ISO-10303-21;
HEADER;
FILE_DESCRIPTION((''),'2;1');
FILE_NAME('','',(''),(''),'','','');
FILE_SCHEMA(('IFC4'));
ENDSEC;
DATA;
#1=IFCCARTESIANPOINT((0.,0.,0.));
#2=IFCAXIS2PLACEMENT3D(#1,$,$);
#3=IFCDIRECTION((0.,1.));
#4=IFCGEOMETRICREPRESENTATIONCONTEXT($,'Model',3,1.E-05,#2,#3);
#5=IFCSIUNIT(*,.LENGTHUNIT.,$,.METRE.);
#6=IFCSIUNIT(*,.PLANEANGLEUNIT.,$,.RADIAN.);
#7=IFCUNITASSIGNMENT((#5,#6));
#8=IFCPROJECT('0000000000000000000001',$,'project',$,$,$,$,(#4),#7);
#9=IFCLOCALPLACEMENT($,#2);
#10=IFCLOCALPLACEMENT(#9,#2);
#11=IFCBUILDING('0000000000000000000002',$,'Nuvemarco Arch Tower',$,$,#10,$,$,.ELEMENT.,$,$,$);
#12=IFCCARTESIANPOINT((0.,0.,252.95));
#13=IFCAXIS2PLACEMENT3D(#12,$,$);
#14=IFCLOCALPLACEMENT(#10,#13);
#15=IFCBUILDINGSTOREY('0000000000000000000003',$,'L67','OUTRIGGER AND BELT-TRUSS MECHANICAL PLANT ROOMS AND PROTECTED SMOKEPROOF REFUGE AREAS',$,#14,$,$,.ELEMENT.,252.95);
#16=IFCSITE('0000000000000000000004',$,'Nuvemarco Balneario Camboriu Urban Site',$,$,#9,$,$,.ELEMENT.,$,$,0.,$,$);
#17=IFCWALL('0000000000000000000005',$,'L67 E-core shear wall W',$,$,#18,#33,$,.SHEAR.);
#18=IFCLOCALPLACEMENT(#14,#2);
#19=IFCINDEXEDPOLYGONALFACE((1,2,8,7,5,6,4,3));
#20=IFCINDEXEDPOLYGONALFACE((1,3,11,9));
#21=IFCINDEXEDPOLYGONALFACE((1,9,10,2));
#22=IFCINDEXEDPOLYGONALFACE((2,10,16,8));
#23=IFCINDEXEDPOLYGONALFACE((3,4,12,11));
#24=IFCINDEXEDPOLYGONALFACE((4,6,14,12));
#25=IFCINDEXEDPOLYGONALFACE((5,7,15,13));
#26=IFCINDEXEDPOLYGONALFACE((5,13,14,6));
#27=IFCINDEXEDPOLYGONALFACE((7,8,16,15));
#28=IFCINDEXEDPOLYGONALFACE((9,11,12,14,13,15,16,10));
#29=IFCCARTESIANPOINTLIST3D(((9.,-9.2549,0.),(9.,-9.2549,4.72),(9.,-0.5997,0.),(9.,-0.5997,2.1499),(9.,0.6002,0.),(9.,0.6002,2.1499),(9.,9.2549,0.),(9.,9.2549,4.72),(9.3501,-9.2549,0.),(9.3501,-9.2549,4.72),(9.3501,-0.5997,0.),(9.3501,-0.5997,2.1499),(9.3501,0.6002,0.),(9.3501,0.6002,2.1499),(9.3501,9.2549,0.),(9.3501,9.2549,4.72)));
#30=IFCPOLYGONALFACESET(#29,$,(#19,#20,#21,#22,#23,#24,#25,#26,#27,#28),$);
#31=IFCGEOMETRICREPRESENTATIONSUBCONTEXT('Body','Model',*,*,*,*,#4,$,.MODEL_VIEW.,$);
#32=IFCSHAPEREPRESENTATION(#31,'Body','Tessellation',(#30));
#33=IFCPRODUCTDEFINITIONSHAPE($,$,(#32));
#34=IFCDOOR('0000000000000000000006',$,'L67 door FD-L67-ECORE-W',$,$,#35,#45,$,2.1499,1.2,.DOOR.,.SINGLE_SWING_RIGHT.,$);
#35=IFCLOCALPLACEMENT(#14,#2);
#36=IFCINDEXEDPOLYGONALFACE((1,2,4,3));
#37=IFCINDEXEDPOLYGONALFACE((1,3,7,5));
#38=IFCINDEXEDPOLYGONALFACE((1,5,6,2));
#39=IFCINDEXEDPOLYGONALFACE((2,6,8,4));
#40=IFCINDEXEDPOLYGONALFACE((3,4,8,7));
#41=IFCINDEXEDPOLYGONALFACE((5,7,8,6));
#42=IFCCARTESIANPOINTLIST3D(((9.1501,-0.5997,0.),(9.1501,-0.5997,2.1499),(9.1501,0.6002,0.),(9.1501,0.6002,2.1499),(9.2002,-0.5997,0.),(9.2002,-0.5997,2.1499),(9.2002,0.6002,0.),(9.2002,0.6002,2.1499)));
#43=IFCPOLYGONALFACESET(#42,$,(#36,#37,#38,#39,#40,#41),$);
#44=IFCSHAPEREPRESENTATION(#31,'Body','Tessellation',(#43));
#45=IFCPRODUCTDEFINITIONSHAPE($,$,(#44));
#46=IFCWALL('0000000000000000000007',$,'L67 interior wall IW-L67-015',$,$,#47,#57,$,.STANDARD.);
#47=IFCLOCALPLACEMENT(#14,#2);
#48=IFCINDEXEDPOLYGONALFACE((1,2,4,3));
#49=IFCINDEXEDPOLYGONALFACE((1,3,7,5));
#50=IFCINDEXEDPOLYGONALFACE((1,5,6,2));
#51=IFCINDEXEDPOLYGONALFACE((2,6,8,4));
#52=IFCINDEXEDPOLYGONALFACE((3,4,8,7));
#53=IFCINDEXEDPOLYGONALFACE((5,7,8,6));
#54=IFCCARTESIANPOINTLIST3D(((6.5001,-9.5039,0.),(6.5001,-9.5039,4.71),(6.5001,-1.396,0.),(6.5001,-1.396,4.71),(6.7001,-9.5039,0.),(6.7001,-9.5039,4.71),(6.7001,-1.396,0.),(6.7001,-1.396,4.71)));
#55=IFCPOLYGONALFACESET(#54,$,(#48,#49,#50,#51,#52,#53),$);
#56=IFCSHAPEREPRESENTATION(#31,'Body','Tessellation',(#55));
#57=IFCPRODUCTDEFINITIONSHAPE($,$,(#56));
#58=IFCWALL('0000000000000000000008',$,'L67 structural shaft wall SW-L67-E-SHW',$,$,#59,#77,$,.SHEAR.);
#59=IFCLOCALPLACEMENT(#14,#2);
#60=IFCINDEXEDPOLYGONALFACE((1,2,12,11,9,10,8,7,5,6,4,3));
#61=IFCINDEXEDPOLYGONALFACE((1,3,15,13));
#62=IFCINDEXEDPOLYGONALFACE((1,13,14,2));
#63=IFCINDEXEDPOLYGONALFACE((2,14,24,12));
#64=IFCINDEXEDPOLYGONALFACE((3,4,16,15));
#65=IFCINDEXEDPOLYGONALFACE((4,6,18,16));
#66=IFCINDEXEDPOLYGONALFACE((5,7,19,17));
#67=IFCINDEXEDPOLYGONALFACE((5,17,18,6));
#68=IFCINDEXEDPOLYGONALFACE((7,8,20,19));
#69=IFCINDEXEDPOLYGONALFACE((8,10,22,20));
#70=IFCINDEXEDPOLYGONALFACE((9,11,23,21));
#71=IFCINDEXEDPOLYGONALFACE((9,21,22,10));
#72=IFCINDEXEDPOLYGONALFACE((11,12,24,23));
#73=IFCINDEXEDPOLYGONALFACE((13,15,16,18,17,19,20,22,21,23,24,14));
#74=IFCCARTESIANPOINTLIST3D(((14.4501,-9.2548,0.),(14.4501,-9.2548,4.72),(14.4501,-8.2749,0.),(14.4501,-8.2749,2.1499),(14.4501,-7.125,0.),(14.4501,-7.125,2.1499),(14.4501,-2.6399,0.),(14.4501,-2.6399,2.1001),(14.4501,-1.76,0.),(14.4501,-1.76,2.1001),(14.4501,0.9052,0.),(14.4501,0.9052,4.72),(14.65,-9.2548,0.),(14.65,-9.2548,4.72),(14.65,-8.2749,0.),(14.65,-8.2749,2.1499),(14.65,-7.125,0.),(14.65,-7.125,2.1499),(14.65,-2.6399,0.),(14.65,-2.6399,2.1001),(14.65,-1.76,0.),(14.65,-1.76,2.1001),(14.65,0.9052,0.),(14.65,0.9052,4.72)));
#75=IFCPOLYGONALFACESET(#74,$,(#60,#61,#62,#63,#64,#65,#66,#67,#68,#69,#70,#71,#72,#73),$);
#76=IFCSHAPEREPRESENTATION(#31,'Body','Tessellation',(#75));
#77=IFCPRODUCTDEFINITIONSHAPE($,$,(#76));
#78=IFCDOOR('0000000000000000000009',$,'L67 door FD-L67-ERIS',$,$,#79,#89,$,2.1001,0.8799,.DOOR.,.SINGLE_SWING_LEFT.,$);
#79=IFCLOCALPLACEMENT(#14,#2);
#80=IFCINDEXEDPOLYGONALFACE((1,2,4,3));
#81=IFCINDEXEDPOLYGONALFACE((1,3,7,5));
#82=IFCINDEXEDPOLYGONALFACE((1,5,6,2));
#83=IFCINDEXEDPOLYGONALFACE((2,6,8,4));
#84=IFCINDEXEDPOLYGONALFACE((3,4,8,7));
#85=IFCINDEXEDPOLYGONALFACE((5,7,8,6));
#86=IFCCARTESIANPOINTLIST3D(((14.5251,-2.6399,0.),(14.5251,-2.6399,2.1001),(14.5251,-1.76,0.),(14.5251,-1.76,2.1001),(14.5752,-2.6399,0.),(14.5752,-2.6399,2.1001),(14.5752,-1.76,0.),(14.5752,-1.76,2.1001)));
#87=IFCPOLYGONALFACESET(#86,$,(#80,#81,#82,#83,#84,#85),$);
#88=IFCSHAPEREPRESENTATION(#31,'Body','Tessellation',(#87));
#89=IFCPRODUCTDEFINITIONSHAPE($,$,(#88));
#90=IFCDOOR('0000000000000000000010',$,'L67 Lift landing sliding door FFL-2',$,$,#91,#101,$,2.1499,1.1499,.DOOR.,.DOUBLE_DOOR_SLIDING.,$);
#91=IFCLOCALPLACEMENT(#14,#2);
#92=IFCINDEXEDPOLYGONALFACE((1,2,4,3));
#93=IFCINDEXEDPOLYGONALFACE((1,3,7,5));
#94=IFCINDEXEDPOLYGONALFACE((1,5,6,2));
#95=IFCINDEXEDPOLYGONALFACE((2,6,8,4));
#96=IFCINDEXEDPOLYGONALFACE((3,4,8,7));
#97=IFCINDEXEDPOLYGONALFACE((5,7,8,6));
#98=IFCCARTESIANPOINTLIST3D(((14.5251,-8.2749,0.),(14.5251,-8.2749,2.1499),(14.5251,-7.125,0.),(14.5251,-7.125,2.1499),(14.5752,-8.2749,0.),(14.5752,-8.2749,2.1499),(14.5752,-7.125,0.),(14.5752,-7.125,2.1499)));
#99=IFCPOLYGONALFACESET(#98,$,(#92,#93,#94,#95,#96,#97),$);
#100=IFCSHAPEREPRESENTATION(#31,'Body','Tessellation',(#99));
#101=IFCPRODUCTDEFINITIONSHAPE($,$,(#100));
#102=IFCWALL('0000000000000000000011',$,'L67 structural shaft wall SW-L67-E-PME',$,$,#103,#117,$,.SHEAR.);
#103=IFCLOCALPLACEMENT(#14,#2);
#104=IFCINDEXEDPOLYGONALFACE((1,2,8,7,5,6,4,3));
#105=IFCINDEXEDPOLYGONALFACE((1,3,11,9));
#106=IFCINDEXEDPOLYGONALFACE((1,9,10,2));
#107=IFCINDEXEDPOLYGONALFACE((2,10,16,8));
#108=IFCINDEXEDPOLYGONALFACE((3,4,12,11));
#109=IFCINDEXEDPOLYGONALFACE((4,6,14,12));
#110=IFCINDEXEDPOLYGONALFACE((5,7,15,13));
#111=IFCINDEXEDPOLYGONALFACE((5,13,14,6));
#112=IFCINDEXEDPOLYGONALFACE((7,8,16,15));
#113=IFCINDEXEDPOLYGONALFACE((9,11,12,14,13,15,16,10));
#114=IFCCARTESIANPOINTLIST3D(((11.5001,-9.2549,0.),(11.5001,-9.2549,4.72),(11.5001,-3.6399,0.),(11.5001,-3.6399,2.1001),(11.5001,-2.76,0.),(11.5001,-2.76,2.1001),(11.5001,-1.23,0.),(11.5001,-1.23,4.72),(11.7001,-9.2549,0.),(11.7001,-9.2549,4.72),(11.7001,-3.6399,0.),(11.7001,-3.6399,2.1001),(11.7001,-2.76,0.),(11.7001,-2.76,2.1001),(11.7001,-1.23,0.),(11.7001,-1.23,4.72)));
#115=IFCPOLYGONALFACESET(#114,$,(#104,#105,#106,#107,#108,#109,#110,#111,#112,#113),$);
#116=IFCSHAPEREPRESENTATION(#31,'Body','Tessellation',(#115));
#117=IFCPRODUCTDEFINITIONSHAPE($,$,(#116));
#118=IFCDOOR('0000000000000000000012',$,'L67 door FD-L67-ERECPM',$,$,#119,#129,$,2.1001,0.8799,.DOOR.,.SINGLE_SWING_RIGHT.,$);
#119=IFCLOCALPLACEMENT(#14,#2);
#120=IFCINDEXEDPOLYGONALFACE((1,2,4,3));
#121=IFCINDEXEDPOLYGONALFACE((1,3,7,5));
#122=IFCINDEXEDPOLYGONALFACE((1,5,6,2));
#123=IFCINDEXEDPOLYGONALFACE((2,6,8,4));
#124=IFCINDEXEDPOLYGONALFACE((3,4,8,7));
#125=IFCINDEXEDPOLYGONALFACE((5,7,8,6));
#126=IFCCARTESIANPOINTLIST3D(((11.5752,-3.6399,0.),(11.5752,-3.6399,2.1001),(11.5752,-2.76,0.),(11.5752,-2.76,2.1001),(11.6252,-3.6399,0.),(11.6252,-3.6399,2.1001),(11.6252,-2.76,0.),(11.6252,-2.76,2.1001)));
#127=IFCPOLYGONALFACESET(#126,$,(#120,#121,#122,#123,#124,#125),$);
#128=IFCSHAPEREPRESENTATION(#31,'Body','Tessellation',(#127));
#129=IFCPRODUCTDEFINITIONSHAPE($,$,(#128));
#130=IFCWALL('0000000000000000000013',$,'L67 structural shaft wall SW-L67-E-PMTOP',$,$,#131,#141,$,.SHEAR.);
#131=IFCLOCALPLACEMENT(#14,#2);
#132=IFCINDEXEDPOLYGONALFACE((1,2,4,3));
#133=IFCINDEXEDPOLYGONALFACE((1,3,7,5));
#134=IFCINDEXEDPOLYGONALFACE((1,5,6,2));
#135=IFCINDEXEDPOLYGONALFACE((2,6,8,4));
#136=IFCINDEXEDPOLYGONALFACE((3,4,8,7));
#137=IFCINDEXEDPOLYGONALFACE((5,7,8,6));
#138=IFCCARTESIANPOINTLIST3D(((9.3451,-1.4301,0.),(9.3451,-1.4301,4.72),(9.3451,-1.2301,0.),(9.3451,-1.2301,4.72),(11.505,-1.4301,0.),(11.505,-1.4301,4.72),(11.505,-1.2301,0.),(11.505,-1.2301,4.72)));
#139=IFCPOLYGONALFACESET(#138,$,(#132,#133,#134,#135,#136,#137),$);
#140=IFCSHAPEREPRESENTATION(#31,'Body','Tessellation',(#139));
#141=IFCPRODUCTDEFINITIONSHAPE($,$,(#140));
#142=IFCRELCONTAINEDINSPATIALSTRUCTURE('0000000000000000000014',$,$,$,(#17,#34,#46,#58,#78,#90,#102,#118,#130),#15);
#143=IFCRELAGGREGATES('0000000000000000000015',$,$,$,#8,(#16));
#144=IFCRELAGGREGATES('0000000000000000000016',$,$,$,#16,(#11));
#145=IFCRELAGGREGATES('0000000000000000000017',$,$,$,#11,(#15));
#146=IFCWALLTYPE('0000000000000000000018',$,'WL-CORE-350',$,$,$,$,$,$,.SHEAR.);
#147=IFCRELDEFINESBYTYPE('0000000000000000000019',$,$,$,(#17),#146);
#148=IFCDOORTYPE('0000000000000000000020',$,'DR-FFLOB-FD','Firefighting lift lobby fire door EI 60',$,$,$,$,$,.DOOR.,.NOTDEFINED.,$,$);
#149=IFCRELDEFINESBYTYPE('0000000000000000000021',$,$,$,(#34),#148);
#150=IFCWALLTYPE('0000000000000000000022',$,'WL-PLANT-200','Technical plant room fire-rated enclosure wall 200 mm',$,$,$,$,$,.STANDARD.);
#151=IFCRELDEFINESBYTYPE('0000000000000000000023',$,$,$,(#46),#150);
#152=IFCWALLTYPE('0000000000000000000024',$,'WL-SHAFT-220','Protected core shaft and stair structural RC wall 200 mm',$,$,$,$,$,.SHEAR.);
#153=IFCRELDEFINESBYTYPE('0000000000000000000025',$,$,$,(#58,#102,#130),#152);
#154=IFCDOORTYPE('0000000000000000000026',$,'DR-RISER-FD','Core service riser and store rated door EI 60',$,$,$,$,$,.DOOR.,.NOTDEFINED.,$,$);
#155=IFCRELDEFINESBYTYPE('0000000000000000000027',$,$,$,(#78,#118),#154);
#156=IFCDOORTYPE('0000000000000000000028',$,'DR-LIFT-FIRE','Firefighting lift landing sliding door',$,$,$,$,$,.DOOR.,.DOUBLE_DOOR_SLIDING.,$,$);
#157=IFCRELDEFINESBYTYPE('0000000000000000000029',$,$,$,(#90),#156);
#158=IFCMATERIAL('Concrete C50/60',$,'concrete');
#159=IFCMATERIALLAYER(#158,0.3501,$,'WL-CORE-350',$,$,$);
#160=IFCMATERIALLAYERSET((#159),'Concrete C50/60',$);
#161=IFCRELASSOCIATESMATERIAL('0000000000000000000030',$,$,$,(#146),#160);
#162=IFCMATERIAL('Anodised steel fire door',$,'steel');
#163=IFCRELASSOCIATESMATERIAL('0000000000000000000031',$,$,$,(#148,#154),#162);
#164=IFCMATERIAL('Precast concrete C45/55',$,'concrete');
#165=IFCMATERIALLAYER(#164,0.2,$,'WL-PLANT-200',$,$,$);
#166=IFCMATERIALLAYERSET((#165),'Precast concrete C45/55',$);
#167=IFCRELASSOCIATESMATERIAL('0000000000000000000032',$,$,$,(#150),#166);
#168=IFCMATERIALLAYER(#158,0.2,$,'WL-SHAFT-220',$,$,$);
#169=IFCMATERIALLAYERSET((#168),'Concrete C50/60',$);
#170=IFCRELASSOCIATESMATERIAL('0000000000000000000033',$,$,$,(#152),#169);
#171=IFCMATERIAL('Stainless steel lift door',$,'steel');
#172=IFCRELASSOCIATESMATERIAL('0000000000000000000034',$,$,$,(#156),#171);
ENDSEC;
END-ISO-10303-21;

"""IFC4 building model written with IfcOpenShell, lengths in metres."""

from ifc_helpers import new_model, si_unit, direction, frame, frame_2d, origin, place, context, subcontext, project, spatial, rectangle, extrude, source, transform, mapped, material, layer, layer_set, type_object, type_shapes, element, fill, save


model = new_model("IFC4")

# Units and contexts
model_context = context("Model", 3, precision=1e-05, world=origin(), true_north=direction((0.0, 1.0)))
body_context = subcontext(model_context, "Body", "Model", "MODEL_VIEW")
ifc_project = project(units=[si_unit("LENGTHUNIT", "METRE"), si_unit("PLANEANGLEUNIT", "RADIAN")], contexts=[model_context])

# Site, building, storey
site_placement = place(None, origin())
site = spatial("IfcSite", under=ifc_project, at=site_placement, Name="Nuvemarco Balneario Camboriu Urban Site", CompositionType="ELEMENT", RefElevation=0.0)
building_placement = place(site_placement, origin())
building = spatial("IfcBuilding", under=site, at=building_placement, Name="Nuvemarco Arch Tower", CompositionType="ELEMENT")
storey_placement = place(building_placement, frame((0.0, 0.0, 252.95)))
storey = spatial("IfcBuildingStorey", under=building, at=storey_placement, Name="L67", Description="OUTRIGGER AND BELT-TRUSS MECHANICAL PLANT ROOMS AND PROTECTED SMOKEPROOF REFUGE AREAS", CompositionType="ELEMENT", Elevation=252.95)

# Shared definitions
ifc_material_1 = material(Name="Concrete C50/60", Category="concrete")

# Shared definitions
ifc_material_2 = material(Name="Precast concrete C45/55", Category="concrete")

# Shared definitions
ifc_layer_1 = layer(ifc_material_1, 0.3501, Name="WL-CORE-350")
ifc_layer_set_1 = layer_set([ifc_layer_1], Name="Concrete C50/60")
wall_type_1 = type_object("IfcWallType", Name="WL-CORE-350", PredefinedType="SHEAR", material=ifc_layer_set_1)

# Wall, opening, door
wall_1_placement = place(storey_placement, frame((9.175, -9.2549, 0.0), z_axis=(0.0, 0.0, 1.0), x_axis=(0.0, 1.0, 0.0)))
wall_1 = element("IfcWall", 1, at=wall_1_placement, inside=storey, type_object=wall_type_1, Name="L67 E-core shear wall W", PredefinedType="SHEAR", context=body_context, shape_type="SweptSolid", body=[
    extrude(rectangle(XDim=18.5098, YDim=0.3501, at=frame_2d((9.2549, 0.0))), origin(), (0.0, 0.0, 1.0), 4.72),
])
opening_1_placement = place(wall_1_placement, frame((8.655, 0.0, 0.0)))
opening_1 = element("IfcOpeningElement", 2, at=opening_1_placement, cuts=wall_1, PredefinedType="OPENING", context=body_context, shape_type="SweptSolid", body=[
    extrude(rectangle(XDim=1.2, YDim=2.1499, at=frame_2d((0.6001, 1.075))), frame((0.0, 0.1851, 0.0), z_axis=(0.0, -1.0, 0.0), x_axis=(1.0, 0.0, 0.0)), (0.0, 0.0, 1.0), 0.3701),
])
ifc_material_3 = material(Name="Anodised steel fire door", Category="steel")
door_type_1 = type_object("IfcDoorType", Name="DR-FFLOB-FD", Description="Firefighting lift lobby fire door EI 60", OperationType="NOTDEFINED", PredefinedType="DOOR", material=ifc_material_3)
shared_shape_1 = source(origin(), body_context, "Body", "SweptSolid", [
    extrude(rectangle(XDim=1.2, YDim=2.1499, at=frame_2d((0.6001, 1.075))), frame((0.0, 0.0249, 0.0), z_axis=(0.0, -1.0, 0.0), x_axis=(1.0, 0.0, 0.0)), (0.0, 0.0, 1.0), 0.05),
])
type_shapes(door_type_1, [shared_shape_1])
door_1_placement = place(opening_1_placement, origin())
door_1 = element("IfcDoor", 3, at=door_1_placement, inside=storey, type_object=door_type_1, Name="L67 door FD-L67-ECORE-W", OperationType="SINGLE_SWING_RIGHT", OverallHeight=2.1499, OverallWidth=1.2, PredefinedType="DOOR", context=body_context, shape_type="MappedRepresentation", body=[
    mapped(shared_shape_1, transform((0.0, 0.0, 0.0), scale=1.0)),
])
fill(opening_1, door_1)

# Wall
ifc_layer_2 = layer(ifc_material_2, 0.2, Name="WL-PLANT-200")
ifc_layer_set_2 = layer_set([ifc_layer_2], Name="Precast concrete C45/55")
wall_type_2 = type_object("IfcWallType", Name="WL-PLANT-200", Description="Technical plant room fire-rated enclosure wall 200 mm", PredefinedType="STANDARD", material=ifc_layer_set_2)
wall_2_placement = place(storey_placement, frame((6.6001, -9.5039, 0.0), z_axis=(0.0, 0.0, 1.0), x_axis=(0.0, 1.0, 0.0)))
element("IfcWall", 4, at=wall_2_placement, inside=storey, type_object=wall_type_2, Name="L67 interior wall IW-L67-015", PredefinedType="STANDARD", context=body_context, shape_type="SweptSolid", body=[
    extrude(rectangle(XDim=8.1079, YDim=0.2, at=frame_2d((4.054, 0.0))), origin(), (0.0, 0.0, 1.0), 4.71),
])

# Wall, openings, doors
ifc_layer_3 = layer(ifc_material_1, 0.2, Name="WL-SHAFT-220")
ifc_layer_set_3 = layer_set([ifc_layer_3], Name="Concrete C50/60")
wall_type_3 = type_object("IfcWallType", Name="WL-SHAFT-220", Description="Protected core shaft and stair structural RC wall 200 mm", PredefinedType="SHEAR", material=ifc_layer_set_3)
wall_3_placement = place(storey_placement, frame((14.55, -9.2549, 0.0), z_axis=(0.0, 0.0, 1.0), x_axis=(0.0, 1.0, 0.0)))
wall_3 = element("IfcWall", 5, at=wall_3_placement, inside=storey, type_object=wall_type_3, Name="L67 structural shaft wall SW-L67-E-SHW", PredefinedType="SHEAR", context=body_context, shape_type="SweptSolid", body=[
    extrude(rectangle(XDim=10.1599, YDim=0.2, at=frame_2d((5.0801, 0.0))), origin(), (0.0, 0.0, 1.0), 4.72),
])
opening_2_placement = place(wall_3_placement, frame((6.615, 0.0, 0.0)))
opening_2 = element("IfcOpeningElement", 6, at=opening_2_placement, cuts=wall_3, PredefinedType="OPENING", context=body_context, shape_type="SweptSolid", body=[
    extrude(rectangle(XDim=0.8799, YDim=2.1001, at=frame_2d((0.4399, 1.05))), frame((0.0, 0.1099, 0.0), z_axis=(0.0, -1.0, 0.0), x_axis=(1.0, 0.0, 0.0)), (0.0, 0.0, 1.0), 0.22),
])
opening_3_placement = place(wall_3_placement, frame((0.98, 0.0, 0.0)))
opening_3 = element("IfcOpeningElement", 7, at=opening_3_placement, cuts=wall_3, PredefinedType="OPENING", context=body_context, shape_type="SweptSolid", body=[
    extrude(rectangle(XDim=1.1499, YDim=2.1499, at=frame_2d((0.575, 1.075))), frame((0.0, 0.1099, 0.0), z_axis=(0.0, -1.0, 0.0), x_axis=(1.0, 0.0, 0.0)), (0.0, 0.0, 1.0), 0.22),
])
door_type_2 = type_object("IfcDoorType", Name="DR-RISER-FD", Description="Core service riser and store rated door EI 60", OperationType="NOTDEFINED", PredefinedType="DOOR", material=ifc_material_3)
shared_shape_2 = source(origin(), body_context, "Body", "SweptSolid", [
    extrude(rectangle(XDim=0.8799, YDim=2.1001, at=frame_2d((0.4399, 1.05))), frame((0.0, 0.0249, 0.0), z_axis=(0.0, -1.0, 0.0), x_axis=(1.0, 0.0, 0.0)), (0.0, 0.0, 1.0), 0.05),
])
type_shapes(door_type_2, [shared_shape_2])
door_2_placement = place(opening_2_placement, origin())
door_2 = element("IfcDoor", 8, at=door_2_placement, inside=storey, type_object=door_type_2, Name="L67 door FD-L67-ERIS", OperationType="SINGLE_SWING_LEFT", OverallHeight=2.1001, OverallWidth=0.8799, PredefinedType="DOOR", context=body_context, shape_type="MappedRepresentation", body=[
    mapped(shared_shape_2, transform((0.0, 0.0, 0.0), scale=1.0)),
])
fill(opening_2, door_2)
ifc_material_4 = material(Name="Stainless steel lift door", Category="steel")
door_type_3 = type_object("IfcDoorType", Name="DR-LIFT-FIRE", Description="Firefighting lift landing sliding door", OperationType="DOUBLE_DOOR_SLIDING", PredefinedType="DOOR", material=ifc_material_4)
shared_shape_3 = source(origin(), body_context, "Body", "SweptSolid", [
    extrude(rectangle(XDim=1.1499, YDim=2.1499, at=frame_2d((0.575, 1.075))), frame((0.0, 0.0249, 0.0), z_axis=(0.0, -1.0, 0.0), x_axis=(1.0, 0.0, 0.0)), (0.0, 0.0, 1.0), 0.05),
])
type_shapes(door_type_3, [shared_shape_3])
door_3_placement = place(opening_3_placement, origin())
door_3 = element("IfcDoor", 9, at=door_3_placement, inside=storey, type_object=door_type_3, Name="L67 Lift landing sliding door FFL-2", OperationType="DOUBLE_DOOR_SLIDING", OverallHeight=2.1499, OverallWidth=1.1499, PredefinedType="DOOR", context=body_context, shape_type="MappedRepresentation", body=[
    mapped(shared_shape_3, transform((0.0, 0.0, 0.0), scale=1.0)),
])
fill(opening_3, door_3)

# Wall, opening, door
wall_4_placement = place(storey_placement, frame((11.6001, -9.2549, 0.0), z_axis=(0.0, 0.0, 1.0), x_axis=(0.0, 1.0, 0.0)))
wall_4 = element("IfcWall", 10, at=wall_4_placement, inside=storey, type_object=wall_type_3, Name="L67 structural shaft wall SW-L67-E-PME", PredefinedType="SHEAR", context=body_context, shape_type="SweptSolid", body=[
    extrude(rectangle(XDim=8.0249, YDim=0.2, at=frame_2d((4.0125, 0.0))), origin(), (0.0, 0.0, 1.0), 4.72),
])
opening_4_placement = place(wall_4_placement, frame((5.615, 0.0, 0.0)))
opening_4 = element("IfcOpeningElement", 11, at=opening_4_placement, cuts=wall_4, PredefinedType="OPENING", context=body_context, shape_type="SweptSolid", body=[
    extrude(rectangle(XDim=0.8799, YDim=2.1001, at=frame_2d((0.4399, 1.05))), frame((0.0, 0.1099, 0.0), z_axis=(0.0, -1.0, 0.0), x_axis=(1.0, 0.0, 0.0)), (0.0, 0.0, 1.0), 0.22),
])
door_4_placement = place(opening_4_placement, origin())
door_4 = element("IfcDoor", 12, at=door_4_placement, inside=storey, type_object=door_type_2, Name="L67 door FD-L67-ERECPM", OperationType="SINGLE_SWING_RIGHT", OverallHeight=2.1001, OverallWidth=0.8799, PredefinedType="DOOR", context=body_context, shape_type="MappedRepresentation", body=[
    mapped(shared_shape_2, transform((0.0, 0.0, 0.0), scale=1.0)),
])
fill(opening_4, door_4)

# Wall
wall_5_placement = place(storey_placement, frame((9.345, -1.3301, 0.0), z_axis=(0.0, 0.0, 1.0), x_axis=(1.0, 0.0, 0.0)))
element("IfcWall", 13, at=wall_5_placement, inside=storey, type_object=wall_type_3, Name="L67 structural shaft wall SW-L67-E-PMTOP", PredefinedType="SHEAR", context=body_context, shape_type="SweptSolid", body=[
    extrude(rectangle(XDim=2.1599, YDim=0.2, at=frame_2d((1.0801, 0.0))), origin(), (0.0, 0.0, 1.0), 4.72),
])

save(model, "model.ifc")
